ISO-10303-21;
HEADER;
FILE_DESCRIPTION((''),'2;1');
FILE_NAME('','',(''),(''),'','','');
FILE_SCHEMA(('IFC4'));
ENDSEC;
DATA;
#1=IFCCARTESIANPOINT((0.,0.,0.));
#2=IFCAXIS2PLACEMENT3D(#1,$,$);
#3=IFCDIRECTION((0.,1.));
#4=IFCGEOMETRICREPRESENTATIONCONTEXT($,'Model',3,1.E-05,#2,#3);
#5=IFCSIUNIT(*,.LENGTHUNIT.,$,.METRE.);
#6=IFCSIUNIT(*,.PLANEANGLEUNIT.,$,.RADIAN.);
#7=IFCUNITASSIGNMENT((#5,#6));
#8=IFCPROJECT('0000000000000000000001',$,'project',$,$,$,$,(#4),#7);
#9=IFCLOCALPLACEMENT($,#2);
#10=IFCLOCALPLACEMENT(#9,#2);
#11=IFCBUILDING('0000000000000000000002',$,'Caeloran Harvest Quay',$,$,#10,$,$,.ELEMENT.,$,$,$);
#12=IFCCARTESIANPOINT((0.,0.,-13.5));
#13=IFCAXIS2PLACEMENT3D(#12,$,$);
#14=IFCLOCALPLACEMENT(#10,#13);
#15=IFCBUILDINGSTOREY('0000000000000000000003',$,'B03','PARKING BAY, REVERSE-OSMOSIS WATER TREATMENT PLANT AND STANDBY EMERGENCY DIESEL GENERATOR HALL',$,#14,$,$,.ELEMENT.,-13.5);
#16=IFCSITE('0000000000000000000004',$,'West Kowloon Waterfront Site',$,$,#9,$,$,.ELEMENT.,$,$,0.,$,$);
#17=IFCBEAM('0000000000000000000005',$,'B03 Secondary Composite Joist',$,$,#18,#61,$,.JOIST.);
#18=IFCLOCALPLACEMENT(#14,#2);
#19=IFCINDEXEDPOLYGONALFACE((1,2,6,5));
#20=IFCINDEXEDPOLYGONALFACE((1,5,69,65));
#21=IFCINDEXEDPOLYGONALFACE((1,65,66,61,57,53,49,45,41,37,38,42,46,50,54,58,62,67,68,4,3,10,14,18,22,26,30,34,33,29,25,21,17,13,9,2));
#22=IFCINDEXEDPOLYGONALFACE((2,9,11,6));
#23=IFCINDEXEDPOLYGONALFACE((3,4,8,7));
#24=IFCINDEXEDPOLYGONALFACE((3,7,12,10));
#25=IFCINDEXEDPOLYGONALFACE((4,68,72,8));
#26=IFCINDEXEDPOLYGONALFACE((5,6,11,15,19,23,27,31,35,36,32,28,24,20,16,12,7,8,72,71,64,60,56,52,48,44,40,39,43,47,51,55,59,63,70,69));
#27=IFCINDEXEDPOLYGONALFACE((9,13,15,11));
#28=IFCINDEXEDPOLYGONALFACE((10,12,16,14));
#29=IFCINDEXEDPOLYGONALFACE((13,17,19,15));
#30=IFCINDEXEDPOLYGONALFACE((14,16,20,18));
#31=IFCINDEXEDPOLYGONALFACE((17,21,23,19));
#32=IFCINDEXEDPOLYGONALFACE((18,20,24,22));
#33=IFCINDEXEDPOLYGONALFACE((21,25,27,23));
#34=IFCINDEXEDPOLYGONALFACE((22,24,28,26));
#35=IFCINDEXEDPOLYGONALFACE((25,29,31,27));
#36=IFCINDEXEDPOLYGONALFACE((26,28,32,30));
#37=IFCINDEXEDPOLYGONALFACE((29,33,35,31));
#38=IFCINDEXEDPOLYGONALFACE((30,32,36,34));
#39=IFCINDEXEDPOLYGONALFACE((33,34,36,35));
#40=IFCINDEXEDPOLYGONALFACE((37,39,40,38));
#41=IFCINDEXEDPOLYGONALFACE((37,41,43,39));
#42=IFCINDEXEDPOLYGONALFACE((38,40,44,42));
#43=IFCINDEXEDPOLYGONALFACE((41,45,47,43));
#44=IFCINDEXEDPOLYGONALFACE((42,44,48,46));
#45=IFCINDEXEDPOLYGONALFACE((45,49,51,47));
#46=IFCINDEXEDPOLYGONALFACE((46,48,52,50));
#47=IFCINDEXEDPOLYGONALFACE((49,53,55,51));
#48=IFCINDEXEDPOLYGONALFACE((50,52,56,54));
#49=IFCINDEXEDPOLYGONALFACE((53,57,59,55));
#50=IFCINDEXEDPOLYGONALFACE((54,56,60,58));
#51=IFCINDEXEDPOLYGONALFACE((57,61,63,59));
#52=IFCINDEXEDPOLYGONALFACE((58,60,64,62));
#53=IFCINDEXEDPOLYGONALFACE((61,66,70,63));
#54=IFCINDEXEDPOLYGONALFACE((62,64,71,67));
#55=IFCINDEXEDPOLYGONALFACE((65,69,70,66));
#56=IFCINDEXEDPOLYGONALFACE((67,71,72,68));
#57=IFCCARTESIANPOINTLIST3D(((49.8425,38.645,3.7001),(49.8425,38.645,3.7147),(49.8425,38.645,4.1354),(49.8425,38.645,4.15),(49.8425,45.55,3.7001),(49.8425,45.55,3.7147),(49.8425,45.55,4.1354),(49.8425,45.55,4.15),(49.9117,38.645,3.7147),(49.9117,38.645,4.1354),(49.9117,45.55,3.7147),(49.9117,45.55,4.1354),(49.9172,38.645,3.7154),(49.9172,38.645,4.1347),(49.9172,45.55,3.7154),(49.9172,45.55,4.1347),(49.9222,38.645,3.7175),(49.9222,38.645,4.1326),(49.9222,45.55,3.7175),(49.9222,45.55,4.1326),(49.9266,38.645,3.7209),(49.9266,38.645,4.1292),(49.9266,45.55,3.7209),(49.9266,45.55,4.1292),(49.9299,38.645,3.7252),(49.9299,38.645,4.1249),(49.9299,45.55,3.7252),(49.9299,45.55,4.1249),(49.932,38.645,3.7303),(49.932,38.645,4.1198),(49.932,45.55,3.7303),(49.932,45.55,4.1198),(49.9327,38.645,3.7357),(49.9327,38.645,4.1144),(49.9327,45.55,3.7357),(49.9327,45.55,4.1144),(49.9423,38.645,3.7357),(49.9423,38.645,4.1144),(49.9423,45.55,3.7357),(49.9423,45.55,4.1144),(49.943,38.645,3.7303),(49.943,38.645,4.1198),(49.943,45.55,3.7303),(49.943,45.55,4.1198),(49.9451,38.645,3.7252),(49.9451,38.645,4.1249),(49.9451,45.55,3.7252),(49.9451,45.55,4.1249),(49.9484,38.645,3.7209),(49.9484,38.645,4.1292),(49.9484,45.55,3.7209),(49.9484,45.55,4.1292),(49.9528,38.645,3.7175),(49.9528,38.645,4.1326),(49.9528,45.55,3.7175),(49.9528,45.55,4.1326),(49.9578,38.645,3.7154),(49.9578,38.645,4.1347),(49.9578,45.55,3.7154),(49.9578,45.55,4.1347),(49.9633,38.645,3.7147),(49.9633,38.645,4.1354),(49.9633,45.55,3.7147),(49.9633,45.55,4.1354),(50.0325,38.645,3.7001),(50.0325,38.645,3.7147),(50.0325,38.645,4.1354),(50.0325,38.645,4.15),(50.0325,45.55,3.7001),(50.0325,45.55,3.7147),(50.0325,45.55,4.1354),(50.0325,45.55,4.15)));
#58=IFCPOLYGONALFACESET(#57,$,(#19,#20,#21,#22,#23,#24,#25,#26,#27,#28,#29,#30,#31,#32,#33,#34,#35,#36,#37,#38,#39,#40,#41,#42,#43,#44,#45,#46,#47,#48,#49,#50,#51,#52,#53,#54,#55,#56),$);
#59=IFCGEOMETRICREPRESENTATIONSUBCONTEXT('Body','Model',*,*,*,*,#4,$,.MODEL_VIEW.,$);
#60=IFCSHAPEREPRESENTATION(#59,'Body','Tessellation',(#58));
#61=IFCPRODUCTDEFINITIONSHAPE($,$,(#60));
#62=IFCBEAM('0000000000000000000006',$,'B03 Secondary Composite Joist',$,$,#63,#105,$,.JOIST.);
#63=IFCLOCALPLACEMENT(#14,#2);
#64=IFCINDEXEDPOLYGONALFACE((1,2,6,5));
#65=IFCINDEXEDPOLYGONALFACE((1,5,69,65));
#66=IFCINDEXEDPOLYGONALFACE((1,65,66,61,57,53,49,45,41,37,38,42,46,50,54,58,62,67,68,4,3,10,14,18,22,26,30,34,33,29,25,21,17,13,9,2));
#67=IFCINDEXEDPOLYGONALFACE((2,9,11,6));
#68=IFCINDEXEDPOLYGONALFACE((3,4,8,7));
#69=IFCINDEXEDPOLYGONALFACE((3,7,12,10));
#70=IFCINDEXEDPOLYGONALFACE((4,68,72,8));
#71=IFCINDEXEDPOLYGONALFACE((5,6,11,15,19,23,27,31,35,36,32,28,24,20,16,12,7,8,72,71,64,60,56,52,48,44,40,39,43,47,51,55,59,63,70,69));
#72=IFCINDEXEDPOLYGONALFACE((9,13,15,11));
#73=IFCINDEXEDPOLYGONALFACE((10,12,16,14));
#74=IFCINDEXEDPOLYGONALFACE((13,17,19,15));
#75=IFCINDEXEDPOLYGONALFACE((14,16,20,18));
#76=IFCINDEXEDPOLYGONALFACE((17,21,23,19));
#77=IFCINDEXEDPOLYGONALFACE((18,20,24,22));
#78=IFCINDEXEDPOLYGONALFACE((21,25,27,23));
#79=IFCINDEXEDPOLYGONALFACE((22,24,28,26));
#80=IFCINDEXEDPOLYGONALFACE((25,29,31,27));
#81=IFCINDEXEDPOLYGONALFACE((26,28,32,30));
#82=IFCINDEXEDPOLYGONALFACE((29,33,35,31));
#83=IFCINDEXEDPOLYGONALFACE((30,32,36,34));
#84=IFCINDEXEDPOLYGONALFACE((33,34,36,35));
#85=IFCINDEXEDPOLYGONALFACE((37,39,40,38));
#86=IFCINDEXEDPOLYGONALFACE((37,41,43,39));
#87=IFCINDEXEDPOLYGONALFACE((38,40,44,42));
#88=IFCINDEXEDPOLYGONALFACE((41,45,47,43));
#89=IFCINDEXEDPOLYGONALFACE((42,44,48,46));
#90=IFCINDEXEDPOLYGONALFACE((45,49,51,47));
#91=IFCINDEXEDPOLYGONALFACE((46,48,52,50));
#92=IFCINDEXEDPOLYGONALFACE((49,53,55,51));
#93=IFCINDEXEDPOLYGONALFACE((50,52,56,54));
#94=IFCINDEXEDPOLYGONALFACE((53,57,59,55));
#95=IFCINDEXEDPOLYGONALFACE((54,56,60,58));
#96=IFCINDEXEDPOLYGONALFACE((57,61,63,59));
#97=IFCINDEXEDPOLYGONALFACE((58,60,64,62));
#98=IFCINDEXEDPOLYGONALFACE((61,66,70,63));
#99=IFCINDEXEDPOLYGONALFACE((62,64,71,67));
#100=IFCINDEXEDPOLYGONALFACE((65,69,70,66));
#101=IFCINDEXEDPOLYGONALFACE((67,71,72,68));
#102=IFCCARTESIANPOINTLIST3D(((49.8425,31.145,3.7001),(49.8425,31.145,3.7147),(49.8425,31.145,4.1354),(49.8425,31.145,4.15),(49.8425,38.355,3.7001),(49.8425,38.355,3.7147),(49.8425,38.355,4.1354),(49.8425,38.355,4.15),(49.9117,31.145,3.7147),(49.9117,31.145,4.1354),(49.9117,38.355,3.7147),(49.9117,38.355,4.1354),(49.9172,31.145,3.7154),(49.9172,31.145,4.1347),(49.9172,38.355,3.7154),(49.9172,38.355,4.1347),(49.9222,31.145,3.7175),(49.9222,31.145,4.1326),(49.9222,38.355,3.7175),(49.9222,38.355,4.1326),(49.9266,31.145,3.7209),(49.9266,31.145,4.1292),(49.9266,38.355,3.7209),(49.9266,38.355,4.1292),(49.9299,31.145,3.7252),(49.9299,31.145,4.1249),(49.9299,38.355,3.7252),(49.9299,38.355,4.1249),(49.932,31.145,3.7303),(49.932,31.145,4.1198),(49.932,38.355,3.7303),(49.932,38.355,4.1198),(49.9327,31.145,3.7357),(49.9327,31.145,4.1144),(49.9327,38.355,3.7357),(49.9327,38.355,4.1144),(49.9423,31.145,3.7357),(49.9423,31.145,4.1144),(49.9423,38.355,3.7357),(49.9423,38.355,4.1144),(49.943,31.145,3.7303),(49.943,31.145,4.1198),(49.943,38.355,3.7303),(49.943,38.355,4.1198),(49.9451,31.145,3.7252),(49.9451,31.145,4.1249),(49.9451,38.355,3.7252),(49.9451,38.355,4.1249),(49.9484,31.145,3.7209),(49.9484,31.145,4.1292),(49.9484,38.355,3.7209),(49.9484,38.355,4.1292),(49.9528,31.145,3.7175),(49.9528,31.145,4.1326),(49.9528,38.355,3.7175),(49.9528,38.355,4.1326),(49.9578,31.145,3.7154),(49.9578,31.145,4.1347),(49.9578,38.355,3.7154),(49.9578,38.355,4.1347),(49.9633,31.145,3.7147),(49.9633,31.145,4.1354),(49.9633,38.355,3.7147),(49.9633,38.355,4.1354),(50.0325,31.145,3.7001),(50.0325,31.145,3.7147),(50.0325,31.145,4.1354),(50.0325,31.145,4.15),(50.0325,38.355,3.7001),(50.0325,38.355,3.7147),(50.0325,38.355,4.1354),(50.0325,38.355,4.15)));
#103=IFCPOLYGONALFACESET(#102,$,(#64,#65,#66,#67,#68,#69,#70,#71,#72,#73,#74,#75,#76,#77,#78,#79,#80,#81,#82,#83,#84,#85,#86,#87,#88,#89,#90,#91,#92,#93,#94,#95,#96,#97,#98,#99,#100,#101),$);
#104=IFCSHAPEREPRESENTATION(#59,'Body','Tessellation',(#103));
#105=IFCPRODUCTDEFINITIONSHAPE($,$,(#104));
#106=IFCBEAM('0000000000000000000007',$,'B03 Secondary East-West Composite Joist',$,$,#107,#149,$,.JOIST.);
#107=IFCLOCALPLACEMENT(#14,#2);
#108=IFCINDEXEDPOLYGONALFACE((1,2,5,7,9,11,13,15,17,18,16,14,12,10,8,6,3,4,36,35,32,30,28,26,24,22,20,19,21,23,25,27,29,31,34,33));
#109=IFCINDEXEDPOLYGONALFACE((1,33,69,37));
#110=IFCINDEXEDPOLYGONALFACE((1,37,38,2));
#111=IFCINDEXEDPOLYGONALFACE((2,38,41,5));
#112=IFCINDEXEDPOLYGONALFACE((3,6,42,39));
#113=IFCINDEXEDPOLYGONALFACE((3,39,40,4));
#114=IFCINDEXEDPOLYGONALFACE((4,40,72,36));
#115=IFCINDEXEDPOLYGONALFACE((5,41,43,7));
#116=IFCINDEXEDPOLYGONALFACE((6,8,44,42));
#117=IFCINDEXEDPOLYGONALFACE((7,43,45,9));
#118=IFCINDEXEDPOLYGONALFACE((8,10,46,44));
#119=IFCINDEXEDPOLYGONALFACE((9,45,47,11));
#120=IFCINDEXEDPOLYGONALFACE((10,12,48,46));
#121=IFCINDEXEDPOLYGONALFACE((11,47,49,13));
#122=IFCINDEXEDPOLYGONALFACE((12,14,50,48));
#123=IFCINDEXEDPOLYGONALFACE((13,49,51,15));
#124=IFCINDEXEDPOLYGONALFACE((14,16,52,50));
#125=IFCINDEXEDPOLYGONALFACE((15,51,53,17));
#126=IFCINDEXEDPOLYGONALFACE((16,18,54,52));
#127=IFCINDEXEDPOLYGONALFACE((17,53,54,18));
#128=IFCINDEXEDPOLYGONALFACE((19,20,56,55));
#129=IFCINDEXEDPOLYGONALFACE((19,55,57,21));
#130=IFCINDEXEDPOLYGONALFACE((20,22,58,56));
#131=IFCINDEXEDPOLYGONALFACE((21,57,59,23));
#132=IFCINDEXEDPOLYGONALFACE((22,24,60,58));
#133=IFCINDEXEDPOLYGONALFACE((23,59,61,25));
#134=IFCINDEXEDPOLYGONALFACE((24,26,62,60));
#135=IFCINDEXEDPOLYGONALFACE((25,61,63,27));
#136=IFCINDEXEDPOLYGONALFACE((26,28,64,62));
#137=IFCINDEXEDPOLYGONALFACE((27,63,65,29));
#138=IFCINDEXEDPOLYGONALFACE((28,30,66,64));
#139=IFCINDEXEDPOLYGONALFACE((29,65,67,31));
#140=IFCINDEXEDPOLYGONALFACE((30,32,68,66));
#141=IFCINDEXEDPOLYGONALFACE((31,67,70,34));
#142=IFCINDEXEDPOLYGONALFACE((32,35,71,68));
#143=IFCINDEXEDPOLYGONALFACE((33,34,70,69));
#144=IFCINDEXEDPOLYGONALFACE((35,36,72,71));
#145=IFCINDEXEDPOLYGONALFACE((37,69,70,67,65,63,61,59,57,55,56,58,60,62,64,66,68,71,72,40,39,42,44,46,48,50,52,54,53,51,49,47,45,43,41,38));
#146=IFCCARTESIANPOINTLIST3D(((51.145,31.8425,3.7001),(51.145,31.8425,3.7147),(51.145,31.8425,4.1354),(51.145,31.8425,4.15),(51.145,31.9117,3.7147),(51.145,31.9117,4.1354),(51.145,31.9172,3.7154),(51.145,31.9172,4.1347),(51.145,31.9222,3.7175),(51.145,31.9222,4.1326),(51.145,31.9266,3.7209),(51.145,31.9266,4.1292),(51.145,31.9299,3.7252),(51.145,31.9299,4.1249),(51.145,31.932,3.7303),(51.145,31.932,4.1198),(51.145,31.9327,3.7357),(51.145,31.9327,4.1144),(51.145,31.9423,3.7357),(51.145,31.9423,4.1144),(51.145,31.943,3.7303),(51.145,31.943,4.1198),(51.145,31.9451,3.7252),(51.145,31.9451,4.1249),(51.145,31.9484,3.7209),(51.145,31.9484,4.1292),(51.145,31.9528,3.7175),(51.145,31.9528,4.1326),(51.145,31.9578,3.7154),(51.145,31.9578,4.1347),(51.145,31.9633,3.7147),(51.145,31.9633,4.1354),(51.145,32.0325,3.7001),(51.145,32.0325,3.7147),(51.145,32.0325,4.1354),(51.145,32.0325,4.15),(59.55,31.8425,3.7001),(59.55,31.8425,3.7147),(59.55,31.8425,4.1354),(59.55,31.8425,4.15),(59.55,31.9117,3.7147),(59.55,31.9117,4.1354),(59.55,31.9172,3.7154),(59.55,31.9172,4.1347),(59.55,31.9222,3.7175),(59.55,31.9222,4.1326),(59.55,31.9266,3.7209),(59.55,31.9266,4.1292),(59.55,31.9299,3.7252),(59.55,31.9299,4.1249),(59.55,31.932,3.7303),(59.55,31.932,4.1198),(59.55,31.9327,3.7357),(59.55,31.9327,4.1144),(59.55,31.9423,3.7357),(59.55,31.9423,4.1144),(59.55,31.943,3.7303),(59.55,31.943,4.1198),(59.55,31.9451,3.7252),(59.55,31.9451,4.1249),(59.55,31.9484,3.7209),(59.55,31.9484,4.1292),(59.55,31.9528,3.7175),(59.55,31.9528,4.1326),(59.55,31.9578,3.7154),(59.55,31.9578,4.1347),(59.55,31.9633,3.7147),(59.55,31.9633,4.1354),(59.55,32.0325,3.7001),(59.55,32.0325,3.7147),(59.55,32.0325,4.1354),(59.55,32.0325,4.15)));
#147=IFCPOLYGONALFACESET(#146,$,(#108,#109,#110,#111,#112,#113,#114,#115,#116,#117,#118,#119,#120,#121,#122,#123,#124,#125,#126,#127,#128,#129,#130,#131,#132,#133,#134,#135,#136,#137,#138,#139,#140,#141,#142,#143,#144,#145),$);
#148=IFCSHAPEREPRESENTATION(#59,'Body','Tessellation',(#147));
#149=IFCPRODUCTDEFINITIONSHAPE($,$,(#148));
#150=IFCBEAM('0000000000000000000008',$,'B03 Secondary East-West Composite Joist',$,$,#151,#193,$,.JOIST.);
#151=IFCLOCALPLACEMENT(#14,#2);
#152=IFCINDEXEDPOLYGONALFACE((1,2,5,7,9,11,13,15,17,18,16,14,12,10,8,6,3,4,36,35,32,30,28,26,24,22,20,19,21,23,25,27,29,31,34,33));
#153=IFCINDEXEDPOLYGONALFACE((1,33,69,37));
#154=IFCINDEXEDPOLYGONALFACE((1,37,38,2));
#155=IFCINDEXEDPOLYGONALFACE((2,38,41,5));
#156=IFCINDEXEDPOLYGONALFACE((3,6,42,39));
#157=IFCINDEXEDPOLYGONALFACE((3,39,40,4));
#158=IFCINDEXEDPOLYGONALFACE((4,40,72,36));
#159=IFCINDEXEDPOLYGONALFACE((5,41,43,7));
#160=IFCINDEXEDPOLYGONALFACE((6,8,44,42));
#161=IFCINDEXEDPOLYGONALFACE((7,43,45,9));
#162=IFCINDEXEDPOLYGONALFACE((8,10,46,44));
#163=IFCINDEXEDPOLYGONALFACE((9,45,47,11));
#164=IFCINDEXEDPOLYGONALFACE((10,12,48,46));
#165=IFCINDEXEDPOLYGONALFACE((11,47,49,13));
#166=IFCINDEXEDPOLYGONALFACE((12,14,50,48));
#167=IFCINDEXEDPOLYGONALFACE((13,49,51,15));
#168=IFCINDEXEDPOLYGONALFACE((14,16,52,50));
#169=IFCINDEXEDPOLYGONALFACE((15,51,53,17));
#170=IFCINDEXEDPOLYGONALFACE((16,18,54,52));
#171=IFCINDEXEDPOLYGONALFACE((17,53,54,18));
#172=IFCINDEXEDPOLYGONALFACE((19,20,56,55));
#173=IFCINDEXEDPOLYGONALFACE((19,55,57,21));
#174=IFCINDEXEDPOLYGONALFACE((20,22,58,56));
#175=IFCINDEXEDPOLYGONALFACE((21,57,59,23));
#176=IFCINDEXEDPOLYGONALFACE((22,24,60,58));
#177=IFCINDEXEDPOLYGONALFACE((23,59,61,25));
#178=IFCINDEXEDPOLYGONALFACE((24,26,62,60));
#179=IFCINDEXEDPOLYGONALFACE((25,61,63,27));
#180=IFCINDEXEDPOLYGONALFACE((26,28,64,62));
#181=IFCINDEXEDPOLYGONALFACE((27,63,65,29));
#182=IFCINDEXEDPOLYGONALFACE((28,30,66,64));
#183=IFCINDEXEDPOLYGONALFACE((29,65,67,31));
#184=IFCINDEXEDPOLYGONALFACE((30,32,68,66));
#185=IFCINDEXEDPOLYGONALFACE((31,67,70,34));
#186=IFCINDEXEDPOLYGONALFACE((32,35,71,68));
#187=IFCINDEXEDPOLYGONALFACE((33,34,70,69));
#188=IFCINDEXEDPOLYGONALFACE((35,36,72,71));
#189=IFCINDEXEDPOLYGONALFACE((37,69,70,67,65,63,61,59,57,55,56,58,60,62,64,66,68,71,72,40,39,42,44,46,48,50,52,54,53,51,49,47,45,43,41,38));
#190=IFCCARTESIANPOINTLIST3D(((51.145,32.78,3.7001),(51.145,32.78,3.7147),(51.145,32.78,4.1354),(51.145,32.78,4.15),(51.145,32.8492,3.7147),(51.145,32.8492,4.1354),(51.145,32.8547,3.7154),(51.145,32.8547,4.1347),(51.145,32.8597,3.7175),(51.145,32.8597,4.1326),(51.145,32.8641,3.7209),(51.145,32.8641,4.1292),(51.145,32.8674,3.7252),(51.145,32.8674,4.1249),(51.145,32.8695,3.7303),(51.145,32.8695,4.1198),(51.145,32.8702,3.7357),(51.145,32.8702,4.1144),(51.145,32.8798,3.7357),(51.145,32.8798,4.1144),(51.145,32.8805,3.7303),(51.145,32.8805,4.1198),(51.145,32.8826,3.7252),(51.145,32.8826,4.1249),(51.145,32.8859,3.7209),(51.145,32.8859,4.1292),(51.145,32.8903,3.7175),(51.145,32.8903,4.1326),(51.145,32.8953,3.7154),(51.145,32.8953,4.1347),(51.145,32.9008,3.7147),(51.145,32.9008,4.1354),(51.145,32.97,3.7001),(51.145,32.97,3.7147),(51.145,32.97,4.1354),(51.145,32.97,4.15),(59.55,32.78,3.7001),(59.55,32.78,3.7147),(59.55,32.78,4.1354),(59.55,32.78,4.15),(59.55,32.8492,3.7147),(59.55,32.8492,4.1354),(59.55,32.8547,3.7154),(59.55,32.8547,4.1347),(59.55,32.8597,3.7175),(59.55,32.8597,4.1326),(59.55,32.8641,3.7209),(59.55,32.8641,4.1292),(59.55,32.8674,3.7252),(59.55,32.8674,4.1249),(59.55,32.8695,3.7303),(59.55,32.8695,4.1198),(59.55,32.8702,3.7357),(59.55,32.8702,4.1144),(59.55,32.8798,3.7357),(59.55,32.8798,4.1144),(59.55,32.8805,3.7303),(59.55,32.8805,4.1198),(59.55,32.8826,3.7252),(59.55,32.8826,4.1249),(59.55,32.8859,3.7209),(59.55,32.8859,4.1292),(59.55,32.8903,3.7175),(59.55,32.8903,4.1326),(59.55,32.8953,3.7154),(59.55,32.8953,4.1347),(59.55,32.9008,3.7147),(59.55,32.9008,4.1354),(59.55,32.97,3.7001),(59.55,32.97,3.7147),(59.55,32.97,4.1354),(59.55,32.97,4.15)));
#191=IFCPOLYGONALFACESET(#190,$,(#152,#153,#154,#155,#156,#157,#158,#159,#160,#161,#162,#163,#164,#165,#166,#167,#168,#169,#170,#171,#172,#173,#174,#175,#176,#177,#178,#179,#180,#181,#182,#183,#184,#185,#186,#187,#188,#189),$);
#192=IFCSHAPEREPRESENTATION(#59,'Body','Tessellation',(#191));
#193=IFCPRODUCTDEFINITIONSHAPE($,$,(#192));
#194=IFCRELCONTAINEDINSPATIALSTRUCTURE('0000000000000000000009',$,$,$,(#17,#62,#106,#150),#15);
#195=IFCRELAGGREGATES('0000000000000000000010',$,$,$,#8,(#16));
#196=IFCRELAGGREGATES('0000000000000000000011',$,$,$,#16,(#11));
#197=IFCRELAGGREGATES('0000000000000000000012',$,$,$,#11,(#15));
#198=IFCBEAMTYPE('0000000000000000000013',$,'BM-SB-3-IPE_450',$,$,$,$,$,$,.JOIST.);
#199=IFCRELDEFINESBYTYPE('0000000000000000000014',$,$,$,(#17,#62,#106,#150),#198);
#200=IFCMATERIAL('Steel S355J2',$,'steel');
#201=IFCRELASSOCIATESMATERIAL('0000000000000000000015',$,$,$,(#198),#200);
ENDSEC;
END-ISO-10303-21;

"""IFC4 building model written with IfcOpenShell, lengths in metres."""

from ifc_helpers import new_model, si_unit, direction, frame, origin, origin_2d, place, context, subcontext, project, spatial, i_section, extrude, material, material_profile, profile_set, type_object, element, save


model = new_model("IFC4")

# Units and contexts
model_context = context("Model", 3, precision=1e-05, world=origin(), true_north=direction((0.0, 1.0)))
body_context = subcontext(model_context, "Body", "Model", "MODEL_VIEW")
ifc_project = project(units=[si_unit("LENGTHUNIT", "METRE"), si_unit("PLANEANGLEUNIT", "RADIAN")], contexts=[model_context])

# Site, building, storey
site_placement = place(None, origin())
site = spatial("IfcSite", under=ifc_project, at=site_placement, Name="West Kowloon Waterfront Site", CompositionType="ELEMENT", RefElevation=0.0)
building_placement = place(site_placement, origin())
building = spatial("IfcBuilding", under=site, at=building_placement, Name="Caeloran Harvest Quay", CompositionType="ELEMENT")
storey_placement = place(building_placement, frame((0.0, 0.0, -13.5)))
storey = spatial("IfcBuildingStorey", under=building, at=storey_placement, Name="B03", Description="PARKING BAY, REVERSE-OSMOSIS WATER TREATMENT PLANT AND STANDBY EMERGENCY DIESEL GENERATOR HALL", CompositionType="ELEMENT", Elevation=-13.5)

# Beams
ifc_material_1 = material(Name="Steel S355J2", Category="steel")
ifc_material_profile_1 = material_profile(ifc_material_1, i_section(OverallWidth=0.1899, OverallDepth=0.45, WebThickness=0.0095, FlangeThickness=0.0146, FilletRadius=0.021, at=origin_2d()), Name="IPE 450")
ifc_profile_set_1 = profile_set([ifc_material_profile_1], Name="Steel S355J2")
beam_type_1 = type_object("IfcBeamType", Name="BM-SB-3-IPE_450", PredefinedType="JOIST", material=ifc_profile_set_1)
for number, where, z_axis, x_axis, name in (
    (1, (49.9375, 38.645, 3.925), (0.0, 1.0, 0.0), (-1.0, 0.0, 0.0), "B03 Secondary Composite Joist"),
):
    element("IfcBeam", number, at=place(storey_placement, frame(where, z_axis=z_axis, x_axis=x_axis)), inside=storey, type_object=beam_type_1, Name=name, PredefinedType="JOIST", context=body_context, shape_type="SweptSolid", body=[
        extrude(i_section(OverallWidth=0.1899, OverallDepth=0.45, WebThickness=0.0095, FlangeThickness=0.0146, FilletRadius=0.021, at=origin_2d()), origin(), (0.0, 0.0, 1.0), 6.905),
    ])
beam_1_placement = place(storey_placement, frame((49.9375, 31.145, 3.925), z_axis=(0.0, 1.0, 0.0), x_axis=(-1.0, 0.0, 0.0)))
element("IfcBeam", 2, at=beam_1_placement, inside=storey, type_object=beam_type_1, Name="B03 Secondary Composite Joist", PredefinedType="JOIST", context=body_context, shape_type="SweptSolid", body=[
    extrude(i_section(OverallWidth=0.1899, OverallDepth=0.45, WebThickness=0.0095, FlangeThickness=0.0146, FilletRadius=0.021, at=origin_2d()), origin(), (0.0, 0.0, 1.0), 7.21),
])
for number, where, z_axis, x_axis, name in (
    (3, (51.145, 31.9375, 3.925), (1.0, 0.0, 0.0), (0.0, 1.0, 0.0), "B03 Secondary East-West Composite Joist"),
    (4, (51.145, 32.875, 3.925), (1.0, 0.0, 0.0), (0.0, 1.0, 0.0), "B03 Secondary East-West Composite Joist"),
):
    element("IfcBeam", number, at=place(storey_placement, frame(where, z_axis=z_axis, x_axis=x_axis)), inside=storey, type_object=beam_type_1, Name=name, PredefinedType="JOIST", context=body_context, shape_type="SweptSolid", body=[
        extrude(i_section(OverallWidth=0.1899, OverallDepth=0.45, WebThickness=0.0095, FlangeThickness=0.0146, FilletRadius=0.021, at=origin_2d()), origin(), (0.0, 0.0, 1.0), 8.405),
    ])

save(model, "model.ifc")
